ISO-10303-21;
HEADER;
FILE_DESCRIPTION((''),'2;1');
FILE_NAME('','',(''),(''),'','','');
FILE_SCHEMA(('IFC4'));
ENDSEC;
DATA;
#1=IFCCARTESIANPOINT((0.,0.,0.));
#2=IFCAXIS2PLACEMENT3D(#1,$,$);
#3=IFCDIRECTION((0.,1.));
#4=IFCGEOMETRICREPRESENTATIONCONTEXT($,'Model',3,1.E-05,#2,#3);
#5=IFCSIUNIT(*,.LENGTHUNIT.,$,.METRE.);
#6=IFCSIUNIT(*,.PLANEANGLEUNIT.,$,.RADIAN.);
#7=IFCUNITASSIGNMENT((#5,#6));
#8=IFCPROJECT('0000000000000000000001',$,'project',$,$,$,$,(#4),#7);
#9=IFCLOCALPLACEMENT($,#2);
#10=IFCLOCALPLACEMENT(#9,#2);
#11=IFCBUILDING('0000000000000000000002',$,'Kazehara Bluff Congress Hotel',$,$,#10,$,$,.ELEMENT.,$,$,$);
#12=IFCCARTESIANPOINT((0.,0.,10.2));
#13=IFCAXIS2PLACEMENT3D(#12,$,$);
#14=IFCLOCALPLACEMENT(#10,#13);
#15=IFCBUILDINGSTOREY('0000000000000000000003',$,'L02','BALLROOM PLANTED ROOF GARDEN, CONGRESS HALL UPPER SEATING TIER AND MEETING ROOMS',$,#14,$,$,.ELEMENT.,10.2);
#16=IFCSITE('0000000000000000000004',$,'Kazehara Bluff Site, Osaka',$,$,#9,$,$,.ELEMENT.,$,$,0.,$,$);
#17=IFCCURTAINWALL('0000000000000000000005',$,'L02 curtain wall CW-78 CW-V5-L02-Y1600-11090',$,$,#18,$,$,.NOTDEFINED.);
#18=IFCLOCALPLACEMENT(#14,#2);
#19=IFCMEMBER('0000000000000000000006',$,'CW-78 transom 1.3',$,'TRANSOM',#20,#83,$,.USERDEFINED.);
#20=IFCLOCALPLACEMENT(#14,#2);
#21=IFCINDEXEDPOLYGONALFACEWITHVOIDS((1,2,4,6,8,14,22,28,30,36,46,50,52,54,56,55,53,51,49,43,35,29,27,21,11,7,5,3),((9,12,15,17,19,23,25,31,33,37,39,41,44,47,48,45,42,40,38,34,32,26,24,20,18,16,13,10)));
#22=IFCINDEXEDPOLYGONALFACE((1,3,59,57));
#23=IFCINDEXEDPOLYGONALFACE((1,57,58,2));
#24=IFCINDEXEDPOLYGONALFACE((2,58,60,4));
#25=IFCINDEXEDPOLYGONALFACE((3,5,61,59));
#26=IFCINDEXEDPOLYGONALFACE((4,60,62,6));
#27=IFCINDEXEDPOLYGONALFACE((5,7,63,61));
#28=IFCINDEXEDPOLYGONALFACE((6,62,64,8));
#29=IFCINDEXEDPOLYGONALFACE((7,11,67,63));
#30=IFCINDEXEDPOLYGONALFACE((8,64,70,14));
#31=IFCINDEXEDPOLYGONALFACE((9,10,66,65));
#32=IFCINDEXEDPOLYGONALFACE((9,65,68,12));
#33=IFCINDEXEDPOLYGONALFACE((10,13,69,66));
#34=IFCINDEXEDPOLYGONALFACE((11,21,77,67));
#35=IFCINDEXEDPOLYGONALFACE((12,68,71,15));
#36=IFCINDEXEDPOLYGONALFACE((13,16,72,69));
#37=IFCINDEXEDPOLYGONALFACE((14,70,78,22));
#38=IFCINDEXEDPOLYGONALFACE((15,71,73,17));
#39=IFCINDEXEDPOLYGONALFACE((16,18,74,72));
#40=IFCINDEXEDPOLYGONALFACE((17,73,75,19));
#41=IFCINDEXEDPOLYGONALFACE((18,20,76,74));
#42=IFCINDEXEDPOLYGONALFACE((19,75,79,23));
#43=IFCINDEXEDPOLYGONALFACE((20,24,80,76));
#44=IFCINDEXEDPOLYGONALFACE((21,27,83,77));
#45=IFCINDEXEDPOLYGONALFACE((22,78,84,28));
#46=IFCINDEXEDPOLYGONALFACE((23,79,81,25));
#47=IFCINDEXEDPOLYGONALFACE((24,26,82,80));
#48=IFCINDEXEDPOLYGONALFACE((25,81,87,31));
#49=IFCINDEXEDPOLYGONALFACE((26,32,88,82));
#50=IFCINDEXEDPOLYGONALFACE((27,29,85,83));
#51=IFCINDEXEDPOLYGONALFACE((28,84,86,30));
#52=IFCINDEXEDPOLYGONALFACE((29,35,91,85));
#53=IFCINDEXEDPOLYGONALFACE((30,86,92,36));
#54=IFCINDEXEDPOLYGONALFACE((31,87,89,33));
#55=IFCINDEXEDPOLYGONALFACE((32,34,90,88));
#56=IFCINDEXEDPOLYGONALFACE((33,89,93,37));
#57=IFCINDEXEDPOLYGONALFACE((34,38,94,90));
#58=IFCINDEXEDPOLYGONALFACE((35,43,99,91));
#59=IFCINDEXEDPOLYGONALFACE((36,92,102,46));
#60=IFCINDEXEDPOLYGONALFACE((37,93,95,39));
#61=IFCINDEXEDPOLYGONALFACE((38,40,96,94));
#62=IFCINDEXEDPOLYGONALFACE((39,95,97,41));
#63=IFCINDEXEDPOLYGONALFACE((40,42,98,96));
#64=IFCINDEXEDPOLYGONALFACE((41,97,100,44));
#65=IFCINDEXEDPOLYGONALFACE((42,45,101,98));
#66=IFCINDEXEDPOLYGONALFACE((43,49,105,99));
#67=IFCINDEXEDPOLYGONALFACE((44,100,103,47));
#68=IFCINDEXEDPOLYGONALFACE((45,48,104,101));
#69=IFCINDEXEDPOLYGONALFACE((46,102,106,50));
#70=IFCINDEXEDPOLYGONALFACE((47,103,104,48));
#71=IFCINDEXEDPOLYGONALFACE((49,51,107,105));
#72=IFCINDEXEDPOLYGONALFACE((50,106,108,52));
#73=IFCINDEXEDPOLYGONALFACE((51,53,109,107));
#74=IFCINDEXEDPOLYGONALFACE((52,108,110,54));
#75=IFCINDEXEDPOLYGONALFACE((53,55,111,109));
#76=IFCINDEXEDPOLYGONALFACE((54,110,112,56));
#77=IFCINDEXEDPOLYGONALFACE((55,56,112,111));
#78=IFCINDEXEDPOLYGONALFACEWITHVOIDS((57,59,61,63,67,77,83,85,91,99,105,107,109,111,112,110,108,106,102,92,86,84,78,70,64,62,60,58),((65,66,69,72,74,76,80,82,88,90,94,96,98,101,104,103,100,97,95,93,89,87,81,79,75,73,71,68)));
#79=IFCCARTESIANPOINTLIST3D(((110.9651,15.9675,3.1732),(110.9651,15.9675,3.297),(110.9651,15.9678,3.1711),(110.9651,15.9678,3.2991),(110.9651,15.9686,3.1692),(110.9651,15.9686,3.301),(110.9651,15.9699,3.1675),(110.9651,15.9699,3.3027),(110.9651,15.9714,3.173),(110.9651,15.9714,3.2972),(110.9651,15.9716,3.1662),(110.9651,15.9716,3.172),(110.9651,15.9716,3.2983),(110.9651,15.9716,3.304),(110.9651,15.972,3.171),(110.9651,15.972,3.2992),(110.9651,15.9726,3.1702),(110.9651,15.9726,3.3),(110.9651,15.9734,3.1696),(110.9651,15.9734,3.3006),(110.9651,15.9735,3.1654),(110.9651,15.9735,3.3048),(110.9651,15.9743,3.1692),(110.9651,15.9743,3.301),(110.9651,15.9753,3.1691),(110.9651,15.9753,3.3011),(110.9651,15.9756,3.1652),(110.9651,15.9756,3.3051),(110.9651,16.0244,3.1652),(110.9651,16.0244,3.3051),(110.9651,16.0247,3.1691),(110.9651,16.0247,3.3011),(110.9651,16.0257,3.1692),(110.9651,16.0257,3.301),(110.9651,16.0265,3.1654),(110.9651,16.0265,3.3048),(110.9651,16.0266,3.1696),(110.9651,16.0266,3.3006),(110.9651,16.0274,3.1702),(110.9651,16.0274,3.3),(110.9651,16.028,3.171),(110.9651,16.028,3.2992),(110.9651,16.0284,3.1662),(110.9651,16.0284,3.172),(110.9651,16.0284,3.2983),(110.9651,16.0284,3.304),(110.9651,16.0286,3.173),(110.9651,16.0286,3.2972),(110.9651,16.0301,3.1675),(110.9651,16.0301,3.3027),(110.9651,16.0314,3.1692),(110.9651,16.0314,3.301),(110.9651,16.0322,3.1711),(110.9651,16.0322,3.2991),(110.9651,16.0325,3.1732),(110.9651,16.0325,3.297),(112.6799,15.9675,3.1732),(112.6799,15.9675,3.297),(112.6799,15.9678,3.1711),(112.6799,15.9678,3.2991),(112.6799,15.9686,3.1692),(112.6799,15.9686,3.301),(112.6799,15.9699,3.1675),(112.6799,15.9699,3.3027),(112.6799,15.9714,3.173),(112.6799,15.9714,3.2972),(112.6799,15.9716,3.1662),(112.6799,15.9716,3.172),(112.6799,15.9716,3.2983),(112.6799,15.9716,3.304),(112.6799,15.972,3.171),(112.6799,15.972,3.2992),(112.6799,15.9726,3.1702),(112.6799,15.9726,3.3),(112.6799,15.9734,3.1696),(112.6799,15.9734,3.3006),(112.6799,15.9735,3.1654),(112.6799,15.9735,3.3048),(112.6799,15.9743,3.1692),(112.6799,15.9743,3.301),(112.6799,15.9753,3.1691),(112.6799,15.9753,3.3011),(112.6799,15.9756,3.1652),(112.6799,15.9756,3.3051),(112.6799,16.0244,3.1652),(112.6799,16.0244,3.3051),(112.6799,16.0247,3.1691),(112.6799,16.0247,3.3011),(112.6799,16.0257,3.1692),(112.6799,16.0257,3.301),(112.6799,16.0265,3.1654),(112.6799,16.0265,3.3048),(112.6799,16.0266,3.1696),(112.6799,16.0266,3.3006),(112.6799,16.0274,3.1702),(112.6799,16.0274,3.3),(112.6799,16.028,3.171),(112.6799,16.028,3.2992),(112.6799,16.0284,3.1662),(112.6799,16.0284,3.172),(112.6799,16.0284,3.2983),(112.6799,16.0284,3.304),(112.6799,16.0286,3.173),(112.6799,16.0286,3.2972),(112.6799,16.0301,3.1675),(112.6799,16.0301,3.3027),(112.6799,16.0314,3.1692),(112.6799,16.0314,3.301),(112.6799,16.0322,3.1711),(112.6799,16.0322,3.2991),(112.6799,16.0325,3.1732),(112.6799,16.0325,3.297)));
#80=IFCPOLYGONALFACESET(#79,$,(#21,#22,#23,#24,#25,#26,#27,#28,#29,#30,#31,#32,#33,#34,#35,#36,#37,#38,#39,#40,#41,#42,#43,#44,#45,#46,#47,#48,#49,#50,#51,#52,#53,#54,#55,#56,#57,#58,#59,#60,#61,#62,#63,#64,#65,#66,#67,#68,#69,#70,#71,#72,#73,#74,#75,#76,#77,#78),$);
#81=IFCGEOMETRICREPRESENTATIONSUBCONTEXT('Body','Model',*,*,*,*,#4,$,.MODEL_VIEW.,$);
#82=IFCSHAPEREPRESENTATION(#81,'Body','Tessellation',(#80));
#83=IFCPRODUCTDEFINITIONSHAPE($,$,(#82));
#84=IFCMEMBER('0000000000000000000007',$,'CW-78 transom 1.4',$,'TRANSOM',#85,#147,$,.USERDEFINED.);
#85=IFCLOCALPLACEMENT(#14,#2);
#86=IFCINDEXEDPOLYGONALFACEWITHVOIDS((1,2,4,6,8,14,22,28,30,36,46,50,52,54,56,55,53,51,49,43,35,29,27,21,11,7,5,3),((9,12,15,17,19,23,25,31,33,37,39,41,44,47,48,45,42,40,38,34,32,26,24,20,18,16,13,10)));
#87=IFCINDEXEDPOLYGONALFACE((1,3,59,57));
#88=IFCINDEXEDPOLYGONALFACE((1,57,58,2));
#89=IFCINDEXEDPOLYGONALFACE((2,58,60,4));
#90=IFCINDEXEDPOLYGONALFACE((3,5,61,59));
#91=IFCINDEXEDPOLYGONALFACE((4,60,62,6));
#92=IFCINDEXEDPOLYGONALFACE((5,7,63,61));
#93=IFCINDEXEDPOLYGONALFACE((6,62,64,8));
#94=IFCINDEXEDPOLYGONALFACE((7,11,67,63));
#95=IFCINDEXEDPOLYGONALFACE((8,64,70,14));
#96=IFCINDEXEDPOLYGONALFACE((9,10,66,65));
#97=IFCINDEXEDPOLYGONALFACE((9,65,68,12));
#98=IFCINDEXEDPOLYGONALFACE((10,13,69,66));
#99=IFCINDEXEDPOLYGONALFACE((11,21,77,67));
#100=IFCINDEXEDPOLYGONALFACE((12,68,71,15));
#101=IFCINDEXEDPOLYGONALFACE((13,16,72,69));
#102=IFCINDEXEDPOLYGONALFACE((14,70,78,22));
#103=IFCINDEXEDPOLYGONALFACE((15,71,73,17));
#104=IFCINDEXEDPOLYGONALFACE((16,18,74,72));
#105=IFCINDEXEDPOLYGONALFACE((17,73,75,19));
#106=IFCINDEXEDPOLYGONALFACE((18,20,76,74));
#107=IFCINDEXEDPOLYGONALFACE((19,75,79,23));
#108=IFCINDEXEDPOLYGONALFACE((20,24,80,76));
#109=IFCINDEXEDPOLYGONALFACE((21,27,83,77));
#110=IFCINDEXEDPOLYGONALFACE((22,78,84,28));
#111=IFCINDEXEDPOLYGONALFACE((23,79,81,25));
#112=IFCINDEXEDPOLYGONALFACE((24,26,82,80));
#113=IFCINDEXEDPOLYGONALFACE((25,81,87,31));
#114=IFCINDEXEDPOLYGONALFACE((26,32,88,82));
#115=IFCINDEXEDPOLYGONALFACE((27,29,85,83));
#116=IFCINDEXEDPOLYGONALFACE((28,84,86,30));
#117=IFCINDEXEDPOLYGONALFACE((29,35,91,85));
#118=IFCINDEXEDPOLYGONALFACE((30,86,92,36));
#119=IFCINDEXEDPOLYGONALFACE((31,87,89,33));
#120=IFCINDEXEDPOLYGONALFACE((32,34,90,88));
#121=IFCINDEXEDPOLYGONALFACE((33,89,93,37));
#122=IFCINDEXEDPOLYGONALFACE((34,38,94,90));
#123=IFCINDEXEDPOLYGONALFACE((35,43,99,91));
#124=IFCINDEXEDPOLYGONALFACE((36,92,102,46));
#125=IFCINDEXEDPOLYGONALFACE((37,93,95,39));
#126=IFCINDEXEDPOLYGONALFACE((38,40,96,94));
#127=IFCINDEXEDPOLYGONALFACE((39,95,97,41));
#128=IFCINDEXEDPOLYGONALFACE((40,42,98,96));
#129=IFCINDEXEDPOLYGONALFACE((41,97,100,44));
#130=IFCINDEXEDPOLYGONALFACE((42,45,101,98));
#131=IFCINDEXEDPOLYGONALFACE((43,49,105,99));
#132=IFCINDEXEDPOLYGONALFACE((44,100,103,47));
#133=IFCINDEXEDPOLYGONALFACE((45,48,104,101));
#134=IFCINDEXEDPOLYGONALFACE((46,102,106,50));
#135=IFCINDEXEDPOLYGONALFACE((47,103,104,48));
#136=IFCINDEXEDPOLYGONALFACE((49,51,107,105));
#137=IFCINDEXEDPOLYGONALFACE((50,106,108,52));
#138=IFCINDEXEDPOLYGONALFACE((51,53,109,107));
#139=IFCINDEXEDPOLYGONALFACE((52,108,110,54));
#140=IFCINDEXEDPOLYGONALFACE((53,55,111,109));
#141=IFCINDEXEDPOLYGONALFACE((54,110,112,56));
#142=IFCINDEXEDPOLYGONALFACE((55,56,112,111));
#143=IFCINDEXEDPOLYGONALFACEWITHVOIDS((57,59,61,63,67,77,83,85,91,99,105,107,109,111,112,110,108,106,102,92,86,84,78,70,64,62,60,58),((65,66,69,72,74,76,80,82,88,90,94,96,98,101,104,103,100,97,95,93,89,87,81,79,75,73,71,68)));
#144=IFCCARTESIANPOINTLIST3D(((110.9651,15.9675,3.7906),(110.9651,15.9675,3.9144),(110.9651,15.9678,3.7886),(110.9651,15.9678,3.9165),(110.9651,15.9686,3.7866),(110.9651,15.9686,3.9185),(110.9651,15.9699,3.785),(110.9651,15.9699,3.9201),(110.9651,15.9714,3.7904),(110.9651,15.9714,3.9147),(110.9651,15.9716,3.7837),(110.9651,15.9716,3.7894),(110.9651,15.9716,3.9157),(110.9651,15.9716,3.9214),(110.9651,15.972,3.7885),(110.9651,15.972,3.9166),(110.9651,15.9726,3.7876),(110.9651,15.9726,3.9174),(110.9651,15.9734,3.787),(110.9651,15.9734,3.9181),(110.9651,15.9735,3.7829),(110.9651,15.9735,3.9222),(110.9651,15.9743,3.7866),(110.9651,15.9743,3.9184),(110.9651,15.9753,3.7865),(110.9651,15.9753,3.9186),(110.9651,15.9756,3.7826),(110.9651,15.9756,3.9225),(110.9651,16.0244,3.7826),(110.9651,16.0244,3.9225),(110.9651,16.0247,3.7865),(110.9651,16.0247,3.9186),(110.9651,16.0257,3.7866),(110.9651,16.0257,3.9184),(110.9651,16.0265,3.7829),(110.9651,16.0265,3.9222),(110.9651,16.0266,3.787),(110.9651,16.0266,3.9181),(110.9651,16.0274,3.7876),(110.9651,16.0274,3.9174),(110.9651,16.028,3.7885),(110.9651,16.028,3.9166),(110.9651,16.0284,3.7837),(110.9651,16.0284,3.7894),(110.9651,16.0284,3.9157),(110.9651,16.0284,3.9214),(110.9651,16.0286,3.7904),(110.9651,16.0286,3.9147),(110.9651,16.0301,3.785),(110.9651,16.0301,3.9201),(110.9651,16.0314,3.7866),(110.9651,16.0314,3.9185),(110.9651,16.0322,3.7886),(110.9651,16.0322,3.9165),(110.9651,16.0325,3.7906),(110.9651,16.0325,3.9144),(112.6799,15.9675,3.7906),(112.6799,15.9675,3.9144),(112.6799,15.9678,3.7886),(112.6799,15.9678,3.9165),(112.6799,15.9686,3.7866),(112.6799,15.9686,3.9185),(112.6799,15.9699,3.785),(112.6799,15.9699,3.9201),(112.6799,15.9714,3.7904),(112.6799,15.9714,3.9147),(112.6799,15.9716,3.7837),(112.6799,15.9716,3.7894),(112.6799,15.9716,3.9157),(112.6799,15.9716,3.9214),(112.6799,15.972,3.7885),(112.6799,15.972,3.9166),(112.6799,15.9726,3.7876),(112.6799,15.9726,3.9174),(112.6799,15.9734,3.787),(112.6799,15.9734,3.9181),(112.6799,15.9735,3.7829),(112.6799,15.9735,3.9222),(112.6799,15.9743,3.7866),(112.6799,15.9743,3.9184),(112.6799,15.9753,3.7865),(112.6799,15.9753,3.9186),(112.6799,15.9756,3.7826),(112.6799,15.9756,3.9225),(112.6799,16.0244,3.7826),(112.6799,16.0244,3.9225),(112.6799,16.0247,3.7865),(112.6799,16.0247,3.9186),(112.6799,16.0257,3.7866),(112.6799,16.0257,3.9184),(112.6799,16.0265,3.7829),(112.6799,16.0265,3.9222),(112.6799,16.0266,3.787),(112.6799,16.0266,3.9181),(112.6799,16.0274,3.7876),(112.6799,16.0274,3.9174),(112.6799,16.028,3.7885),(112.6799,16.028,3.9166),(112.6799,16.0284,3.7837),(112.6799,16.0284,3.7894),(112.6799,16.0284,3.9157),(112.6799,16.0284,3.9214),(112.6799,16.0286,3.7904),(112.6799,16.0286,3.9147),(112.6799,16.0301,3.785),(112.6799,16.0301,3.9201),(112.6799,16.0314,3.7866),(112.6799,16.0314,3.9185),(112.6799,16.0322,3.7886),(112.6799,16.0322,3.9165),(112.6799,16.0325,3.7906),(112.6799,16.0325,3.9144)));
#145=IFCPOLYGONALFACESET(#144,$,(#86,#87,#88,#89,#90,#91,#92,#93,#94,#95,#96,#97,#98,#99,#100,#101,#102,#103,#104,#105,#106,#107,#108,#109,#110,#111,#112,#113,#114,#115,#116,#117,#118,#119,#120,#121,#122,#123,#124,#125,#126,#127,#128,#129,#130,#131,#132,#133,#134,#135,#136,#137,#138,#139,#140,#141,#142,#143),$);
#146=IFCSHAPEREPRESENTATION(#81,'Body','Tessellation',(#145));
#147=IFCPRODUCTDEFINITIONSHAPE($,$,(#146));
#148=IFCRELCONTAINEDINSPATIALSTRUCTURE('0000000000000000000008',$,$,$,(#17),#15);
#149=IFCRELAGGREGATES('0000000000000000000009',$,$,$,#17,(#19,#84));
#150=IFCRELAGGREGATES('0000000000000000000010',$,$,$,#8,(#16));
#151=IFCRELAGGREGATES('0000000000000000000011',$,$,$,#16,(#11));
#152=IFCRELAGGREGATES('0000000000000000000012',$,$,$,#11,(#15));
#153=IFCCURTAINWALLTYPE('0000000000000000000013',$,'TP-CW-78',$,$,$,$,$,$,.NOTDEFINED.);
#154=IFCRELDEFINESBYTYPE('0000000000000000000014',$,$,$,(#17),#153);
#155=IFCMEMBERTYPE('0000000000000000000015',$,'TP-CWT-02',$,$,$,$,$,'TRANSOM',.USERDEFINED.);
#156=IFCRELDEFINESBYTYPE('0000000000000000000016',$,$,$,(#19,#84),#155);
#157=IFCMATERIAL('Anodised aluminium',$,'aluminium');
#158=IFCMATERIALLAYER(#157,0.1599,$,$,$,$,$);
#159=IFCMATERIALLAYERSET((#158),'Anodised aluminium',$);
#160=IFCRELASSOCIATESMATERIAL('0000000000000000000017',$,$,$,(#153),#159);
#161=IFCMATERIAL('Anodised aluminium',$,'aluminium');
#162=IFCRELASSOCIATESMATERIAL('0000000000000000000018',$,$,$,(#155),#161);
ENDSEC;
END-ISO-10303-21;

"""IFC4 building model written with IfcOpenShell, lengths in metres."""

from ifc_helpers import new_model, si_unit, direction, frame, origin, origin_2d, place, context, subcontext, project, spatial, hollow_rectangle, extrude, material, layer, layer_set, material_profile, profile_set, type_object, element, aggregate, save


model = new_model("IFC4")

# Units and contexts
model_context = context("Model", 3, precision=1e-05, world=origin(), true_north=direction((0.0, 1.0)))
body_context = subcontext(model_context, "Body", "Model", "MODEL_VIEW")
ifc_project = project(units=[si_unit("LENGTHUNIT", "METRE"), si_unit("PLANEANGLEUNIT", "RADIAN")], contexts=[model_context])

# Site, building, storey
site_placement = place(None, origin())
site = spatial("IfcSite", under=ifc_project, at=site_placement, Name="Kazehara Bluff Site, Osaka", CompositionType="ELEMENT", RefElevation=0.0)
building_placement = place(site_placement, origin())
building = spatial("IfcBuilding", under=site, at=building_placement, Name="Kazehara Bluff Congress Hotel", CompositionType="ELEMENT")
storey_placement = place(building_placement, frame((0.0, 0.0, 10.2)))
storey = spatial("IfcBuildingStorey", under=building, at=storey_placement, Name="L02", Description="BALLROOM PLANTED ROOF GARDEN, CONGRESS HALL UPPER SEATING TIER AND MEETING ROOMS", CompositionType="ELEMENT", Elevation=10.2)

# Curtain wall, members
ifc_material_1 = material(Name="Anodised aluminium", Category="aluminium")
ifc_layer_1 = layer(ifc_material_1, 0.1599)
ifc_layer_set_1 = layer_set([ifc_layer_1], Name="Anodised aluminium")
curtain_wall_type = type_object("IfcCurtainWallType", Name="TP-CW-78", PredefinedType="NOTDEFINED", material=ifc_layer_set_1)
curtain_wall_placement = place(storey_placement, origin())
curtain_wall = element("IfcCurtainWall", 1, at=curtain_wall_placement, inside=storey, type_object=curtain_wall_type, Name="L02 curtain wall CW-78 CW-V5-L02-Y1600-11090", PredefinedType="NOTDEFINED")
ifc_material_2 = material(Name="Anodised aluminium", Category="aluminium")
ifc_material_profile_1 = material_profile(ifc_material_2, hollow_rectangle(XDim=0.0649, YDim=0.1399, WallThickness=0.0039, InnerFilletRadius=0.0039, OuterFilletRadius=0.0081, at=origin_2d()))
ifc_profile_set_1 = profile_set([ifc_material_profile_1], Name="Anodised aluminium")
member_type_1 = type_object("IfcMemberType", Name="TP-CWT-02", ElementType="TRANSOM", PredefinedType="USERDEFINED", material=ifc_profile_set_1)
member_1_placement = place(storey_placement, frame((110.9651, 16.0, 3.2351), z_axis=(1.0, 0.0, 0.0), x_axis=(0.0, 1.0, 0.0)))
member_1 = element("IfcMember", 2, at=member_1_placement, type_object=member_type_1, Name="CW-78 transom 1.3", ObjectType="TRANSOM", PredefinedType="USERDEFINED", context=body_context, shape_type="SweptSolid", body=[
    extrude(hollow_rectangle(XDim=0.0649, YDim=0.1399, WallThickness=0.0039, InnerFilletRadius=0.0039, OuterFilletRadius=0.0081, at=origin_2d()), origin(), (0.0, 0.0, 1.0), 1.7148),
])
member_2_placement = place(storey_placement, frame((110.9651, 16.0, 3.8525), z_axis=(1.0, 0.0, 0.0), x_axis=(0.0, 1.0, 0.0)))
member_2 = element("IfcMember", 3, at=member_2_placement, type_object=member_type_1, Name="CW-78 transom 1.4", ObjectType="TRANSOM", PredefinedType="USERDEFINED", context=body_context, shape_type="SweptSolid", body=[
    extrude(hollow_rectangle(XDim=0.0649, YDim=0.1399, WallThickness=0.0039, InnerFilletRadius=0.0039, OuterFilletRadius=0.0081, at=origin_2d()), origin(), (0.0, 0.0, 1.0), 1.7148),
])
aggregate(curtain_wall, [member_1, member_2])

save(model, "model.ifc")
